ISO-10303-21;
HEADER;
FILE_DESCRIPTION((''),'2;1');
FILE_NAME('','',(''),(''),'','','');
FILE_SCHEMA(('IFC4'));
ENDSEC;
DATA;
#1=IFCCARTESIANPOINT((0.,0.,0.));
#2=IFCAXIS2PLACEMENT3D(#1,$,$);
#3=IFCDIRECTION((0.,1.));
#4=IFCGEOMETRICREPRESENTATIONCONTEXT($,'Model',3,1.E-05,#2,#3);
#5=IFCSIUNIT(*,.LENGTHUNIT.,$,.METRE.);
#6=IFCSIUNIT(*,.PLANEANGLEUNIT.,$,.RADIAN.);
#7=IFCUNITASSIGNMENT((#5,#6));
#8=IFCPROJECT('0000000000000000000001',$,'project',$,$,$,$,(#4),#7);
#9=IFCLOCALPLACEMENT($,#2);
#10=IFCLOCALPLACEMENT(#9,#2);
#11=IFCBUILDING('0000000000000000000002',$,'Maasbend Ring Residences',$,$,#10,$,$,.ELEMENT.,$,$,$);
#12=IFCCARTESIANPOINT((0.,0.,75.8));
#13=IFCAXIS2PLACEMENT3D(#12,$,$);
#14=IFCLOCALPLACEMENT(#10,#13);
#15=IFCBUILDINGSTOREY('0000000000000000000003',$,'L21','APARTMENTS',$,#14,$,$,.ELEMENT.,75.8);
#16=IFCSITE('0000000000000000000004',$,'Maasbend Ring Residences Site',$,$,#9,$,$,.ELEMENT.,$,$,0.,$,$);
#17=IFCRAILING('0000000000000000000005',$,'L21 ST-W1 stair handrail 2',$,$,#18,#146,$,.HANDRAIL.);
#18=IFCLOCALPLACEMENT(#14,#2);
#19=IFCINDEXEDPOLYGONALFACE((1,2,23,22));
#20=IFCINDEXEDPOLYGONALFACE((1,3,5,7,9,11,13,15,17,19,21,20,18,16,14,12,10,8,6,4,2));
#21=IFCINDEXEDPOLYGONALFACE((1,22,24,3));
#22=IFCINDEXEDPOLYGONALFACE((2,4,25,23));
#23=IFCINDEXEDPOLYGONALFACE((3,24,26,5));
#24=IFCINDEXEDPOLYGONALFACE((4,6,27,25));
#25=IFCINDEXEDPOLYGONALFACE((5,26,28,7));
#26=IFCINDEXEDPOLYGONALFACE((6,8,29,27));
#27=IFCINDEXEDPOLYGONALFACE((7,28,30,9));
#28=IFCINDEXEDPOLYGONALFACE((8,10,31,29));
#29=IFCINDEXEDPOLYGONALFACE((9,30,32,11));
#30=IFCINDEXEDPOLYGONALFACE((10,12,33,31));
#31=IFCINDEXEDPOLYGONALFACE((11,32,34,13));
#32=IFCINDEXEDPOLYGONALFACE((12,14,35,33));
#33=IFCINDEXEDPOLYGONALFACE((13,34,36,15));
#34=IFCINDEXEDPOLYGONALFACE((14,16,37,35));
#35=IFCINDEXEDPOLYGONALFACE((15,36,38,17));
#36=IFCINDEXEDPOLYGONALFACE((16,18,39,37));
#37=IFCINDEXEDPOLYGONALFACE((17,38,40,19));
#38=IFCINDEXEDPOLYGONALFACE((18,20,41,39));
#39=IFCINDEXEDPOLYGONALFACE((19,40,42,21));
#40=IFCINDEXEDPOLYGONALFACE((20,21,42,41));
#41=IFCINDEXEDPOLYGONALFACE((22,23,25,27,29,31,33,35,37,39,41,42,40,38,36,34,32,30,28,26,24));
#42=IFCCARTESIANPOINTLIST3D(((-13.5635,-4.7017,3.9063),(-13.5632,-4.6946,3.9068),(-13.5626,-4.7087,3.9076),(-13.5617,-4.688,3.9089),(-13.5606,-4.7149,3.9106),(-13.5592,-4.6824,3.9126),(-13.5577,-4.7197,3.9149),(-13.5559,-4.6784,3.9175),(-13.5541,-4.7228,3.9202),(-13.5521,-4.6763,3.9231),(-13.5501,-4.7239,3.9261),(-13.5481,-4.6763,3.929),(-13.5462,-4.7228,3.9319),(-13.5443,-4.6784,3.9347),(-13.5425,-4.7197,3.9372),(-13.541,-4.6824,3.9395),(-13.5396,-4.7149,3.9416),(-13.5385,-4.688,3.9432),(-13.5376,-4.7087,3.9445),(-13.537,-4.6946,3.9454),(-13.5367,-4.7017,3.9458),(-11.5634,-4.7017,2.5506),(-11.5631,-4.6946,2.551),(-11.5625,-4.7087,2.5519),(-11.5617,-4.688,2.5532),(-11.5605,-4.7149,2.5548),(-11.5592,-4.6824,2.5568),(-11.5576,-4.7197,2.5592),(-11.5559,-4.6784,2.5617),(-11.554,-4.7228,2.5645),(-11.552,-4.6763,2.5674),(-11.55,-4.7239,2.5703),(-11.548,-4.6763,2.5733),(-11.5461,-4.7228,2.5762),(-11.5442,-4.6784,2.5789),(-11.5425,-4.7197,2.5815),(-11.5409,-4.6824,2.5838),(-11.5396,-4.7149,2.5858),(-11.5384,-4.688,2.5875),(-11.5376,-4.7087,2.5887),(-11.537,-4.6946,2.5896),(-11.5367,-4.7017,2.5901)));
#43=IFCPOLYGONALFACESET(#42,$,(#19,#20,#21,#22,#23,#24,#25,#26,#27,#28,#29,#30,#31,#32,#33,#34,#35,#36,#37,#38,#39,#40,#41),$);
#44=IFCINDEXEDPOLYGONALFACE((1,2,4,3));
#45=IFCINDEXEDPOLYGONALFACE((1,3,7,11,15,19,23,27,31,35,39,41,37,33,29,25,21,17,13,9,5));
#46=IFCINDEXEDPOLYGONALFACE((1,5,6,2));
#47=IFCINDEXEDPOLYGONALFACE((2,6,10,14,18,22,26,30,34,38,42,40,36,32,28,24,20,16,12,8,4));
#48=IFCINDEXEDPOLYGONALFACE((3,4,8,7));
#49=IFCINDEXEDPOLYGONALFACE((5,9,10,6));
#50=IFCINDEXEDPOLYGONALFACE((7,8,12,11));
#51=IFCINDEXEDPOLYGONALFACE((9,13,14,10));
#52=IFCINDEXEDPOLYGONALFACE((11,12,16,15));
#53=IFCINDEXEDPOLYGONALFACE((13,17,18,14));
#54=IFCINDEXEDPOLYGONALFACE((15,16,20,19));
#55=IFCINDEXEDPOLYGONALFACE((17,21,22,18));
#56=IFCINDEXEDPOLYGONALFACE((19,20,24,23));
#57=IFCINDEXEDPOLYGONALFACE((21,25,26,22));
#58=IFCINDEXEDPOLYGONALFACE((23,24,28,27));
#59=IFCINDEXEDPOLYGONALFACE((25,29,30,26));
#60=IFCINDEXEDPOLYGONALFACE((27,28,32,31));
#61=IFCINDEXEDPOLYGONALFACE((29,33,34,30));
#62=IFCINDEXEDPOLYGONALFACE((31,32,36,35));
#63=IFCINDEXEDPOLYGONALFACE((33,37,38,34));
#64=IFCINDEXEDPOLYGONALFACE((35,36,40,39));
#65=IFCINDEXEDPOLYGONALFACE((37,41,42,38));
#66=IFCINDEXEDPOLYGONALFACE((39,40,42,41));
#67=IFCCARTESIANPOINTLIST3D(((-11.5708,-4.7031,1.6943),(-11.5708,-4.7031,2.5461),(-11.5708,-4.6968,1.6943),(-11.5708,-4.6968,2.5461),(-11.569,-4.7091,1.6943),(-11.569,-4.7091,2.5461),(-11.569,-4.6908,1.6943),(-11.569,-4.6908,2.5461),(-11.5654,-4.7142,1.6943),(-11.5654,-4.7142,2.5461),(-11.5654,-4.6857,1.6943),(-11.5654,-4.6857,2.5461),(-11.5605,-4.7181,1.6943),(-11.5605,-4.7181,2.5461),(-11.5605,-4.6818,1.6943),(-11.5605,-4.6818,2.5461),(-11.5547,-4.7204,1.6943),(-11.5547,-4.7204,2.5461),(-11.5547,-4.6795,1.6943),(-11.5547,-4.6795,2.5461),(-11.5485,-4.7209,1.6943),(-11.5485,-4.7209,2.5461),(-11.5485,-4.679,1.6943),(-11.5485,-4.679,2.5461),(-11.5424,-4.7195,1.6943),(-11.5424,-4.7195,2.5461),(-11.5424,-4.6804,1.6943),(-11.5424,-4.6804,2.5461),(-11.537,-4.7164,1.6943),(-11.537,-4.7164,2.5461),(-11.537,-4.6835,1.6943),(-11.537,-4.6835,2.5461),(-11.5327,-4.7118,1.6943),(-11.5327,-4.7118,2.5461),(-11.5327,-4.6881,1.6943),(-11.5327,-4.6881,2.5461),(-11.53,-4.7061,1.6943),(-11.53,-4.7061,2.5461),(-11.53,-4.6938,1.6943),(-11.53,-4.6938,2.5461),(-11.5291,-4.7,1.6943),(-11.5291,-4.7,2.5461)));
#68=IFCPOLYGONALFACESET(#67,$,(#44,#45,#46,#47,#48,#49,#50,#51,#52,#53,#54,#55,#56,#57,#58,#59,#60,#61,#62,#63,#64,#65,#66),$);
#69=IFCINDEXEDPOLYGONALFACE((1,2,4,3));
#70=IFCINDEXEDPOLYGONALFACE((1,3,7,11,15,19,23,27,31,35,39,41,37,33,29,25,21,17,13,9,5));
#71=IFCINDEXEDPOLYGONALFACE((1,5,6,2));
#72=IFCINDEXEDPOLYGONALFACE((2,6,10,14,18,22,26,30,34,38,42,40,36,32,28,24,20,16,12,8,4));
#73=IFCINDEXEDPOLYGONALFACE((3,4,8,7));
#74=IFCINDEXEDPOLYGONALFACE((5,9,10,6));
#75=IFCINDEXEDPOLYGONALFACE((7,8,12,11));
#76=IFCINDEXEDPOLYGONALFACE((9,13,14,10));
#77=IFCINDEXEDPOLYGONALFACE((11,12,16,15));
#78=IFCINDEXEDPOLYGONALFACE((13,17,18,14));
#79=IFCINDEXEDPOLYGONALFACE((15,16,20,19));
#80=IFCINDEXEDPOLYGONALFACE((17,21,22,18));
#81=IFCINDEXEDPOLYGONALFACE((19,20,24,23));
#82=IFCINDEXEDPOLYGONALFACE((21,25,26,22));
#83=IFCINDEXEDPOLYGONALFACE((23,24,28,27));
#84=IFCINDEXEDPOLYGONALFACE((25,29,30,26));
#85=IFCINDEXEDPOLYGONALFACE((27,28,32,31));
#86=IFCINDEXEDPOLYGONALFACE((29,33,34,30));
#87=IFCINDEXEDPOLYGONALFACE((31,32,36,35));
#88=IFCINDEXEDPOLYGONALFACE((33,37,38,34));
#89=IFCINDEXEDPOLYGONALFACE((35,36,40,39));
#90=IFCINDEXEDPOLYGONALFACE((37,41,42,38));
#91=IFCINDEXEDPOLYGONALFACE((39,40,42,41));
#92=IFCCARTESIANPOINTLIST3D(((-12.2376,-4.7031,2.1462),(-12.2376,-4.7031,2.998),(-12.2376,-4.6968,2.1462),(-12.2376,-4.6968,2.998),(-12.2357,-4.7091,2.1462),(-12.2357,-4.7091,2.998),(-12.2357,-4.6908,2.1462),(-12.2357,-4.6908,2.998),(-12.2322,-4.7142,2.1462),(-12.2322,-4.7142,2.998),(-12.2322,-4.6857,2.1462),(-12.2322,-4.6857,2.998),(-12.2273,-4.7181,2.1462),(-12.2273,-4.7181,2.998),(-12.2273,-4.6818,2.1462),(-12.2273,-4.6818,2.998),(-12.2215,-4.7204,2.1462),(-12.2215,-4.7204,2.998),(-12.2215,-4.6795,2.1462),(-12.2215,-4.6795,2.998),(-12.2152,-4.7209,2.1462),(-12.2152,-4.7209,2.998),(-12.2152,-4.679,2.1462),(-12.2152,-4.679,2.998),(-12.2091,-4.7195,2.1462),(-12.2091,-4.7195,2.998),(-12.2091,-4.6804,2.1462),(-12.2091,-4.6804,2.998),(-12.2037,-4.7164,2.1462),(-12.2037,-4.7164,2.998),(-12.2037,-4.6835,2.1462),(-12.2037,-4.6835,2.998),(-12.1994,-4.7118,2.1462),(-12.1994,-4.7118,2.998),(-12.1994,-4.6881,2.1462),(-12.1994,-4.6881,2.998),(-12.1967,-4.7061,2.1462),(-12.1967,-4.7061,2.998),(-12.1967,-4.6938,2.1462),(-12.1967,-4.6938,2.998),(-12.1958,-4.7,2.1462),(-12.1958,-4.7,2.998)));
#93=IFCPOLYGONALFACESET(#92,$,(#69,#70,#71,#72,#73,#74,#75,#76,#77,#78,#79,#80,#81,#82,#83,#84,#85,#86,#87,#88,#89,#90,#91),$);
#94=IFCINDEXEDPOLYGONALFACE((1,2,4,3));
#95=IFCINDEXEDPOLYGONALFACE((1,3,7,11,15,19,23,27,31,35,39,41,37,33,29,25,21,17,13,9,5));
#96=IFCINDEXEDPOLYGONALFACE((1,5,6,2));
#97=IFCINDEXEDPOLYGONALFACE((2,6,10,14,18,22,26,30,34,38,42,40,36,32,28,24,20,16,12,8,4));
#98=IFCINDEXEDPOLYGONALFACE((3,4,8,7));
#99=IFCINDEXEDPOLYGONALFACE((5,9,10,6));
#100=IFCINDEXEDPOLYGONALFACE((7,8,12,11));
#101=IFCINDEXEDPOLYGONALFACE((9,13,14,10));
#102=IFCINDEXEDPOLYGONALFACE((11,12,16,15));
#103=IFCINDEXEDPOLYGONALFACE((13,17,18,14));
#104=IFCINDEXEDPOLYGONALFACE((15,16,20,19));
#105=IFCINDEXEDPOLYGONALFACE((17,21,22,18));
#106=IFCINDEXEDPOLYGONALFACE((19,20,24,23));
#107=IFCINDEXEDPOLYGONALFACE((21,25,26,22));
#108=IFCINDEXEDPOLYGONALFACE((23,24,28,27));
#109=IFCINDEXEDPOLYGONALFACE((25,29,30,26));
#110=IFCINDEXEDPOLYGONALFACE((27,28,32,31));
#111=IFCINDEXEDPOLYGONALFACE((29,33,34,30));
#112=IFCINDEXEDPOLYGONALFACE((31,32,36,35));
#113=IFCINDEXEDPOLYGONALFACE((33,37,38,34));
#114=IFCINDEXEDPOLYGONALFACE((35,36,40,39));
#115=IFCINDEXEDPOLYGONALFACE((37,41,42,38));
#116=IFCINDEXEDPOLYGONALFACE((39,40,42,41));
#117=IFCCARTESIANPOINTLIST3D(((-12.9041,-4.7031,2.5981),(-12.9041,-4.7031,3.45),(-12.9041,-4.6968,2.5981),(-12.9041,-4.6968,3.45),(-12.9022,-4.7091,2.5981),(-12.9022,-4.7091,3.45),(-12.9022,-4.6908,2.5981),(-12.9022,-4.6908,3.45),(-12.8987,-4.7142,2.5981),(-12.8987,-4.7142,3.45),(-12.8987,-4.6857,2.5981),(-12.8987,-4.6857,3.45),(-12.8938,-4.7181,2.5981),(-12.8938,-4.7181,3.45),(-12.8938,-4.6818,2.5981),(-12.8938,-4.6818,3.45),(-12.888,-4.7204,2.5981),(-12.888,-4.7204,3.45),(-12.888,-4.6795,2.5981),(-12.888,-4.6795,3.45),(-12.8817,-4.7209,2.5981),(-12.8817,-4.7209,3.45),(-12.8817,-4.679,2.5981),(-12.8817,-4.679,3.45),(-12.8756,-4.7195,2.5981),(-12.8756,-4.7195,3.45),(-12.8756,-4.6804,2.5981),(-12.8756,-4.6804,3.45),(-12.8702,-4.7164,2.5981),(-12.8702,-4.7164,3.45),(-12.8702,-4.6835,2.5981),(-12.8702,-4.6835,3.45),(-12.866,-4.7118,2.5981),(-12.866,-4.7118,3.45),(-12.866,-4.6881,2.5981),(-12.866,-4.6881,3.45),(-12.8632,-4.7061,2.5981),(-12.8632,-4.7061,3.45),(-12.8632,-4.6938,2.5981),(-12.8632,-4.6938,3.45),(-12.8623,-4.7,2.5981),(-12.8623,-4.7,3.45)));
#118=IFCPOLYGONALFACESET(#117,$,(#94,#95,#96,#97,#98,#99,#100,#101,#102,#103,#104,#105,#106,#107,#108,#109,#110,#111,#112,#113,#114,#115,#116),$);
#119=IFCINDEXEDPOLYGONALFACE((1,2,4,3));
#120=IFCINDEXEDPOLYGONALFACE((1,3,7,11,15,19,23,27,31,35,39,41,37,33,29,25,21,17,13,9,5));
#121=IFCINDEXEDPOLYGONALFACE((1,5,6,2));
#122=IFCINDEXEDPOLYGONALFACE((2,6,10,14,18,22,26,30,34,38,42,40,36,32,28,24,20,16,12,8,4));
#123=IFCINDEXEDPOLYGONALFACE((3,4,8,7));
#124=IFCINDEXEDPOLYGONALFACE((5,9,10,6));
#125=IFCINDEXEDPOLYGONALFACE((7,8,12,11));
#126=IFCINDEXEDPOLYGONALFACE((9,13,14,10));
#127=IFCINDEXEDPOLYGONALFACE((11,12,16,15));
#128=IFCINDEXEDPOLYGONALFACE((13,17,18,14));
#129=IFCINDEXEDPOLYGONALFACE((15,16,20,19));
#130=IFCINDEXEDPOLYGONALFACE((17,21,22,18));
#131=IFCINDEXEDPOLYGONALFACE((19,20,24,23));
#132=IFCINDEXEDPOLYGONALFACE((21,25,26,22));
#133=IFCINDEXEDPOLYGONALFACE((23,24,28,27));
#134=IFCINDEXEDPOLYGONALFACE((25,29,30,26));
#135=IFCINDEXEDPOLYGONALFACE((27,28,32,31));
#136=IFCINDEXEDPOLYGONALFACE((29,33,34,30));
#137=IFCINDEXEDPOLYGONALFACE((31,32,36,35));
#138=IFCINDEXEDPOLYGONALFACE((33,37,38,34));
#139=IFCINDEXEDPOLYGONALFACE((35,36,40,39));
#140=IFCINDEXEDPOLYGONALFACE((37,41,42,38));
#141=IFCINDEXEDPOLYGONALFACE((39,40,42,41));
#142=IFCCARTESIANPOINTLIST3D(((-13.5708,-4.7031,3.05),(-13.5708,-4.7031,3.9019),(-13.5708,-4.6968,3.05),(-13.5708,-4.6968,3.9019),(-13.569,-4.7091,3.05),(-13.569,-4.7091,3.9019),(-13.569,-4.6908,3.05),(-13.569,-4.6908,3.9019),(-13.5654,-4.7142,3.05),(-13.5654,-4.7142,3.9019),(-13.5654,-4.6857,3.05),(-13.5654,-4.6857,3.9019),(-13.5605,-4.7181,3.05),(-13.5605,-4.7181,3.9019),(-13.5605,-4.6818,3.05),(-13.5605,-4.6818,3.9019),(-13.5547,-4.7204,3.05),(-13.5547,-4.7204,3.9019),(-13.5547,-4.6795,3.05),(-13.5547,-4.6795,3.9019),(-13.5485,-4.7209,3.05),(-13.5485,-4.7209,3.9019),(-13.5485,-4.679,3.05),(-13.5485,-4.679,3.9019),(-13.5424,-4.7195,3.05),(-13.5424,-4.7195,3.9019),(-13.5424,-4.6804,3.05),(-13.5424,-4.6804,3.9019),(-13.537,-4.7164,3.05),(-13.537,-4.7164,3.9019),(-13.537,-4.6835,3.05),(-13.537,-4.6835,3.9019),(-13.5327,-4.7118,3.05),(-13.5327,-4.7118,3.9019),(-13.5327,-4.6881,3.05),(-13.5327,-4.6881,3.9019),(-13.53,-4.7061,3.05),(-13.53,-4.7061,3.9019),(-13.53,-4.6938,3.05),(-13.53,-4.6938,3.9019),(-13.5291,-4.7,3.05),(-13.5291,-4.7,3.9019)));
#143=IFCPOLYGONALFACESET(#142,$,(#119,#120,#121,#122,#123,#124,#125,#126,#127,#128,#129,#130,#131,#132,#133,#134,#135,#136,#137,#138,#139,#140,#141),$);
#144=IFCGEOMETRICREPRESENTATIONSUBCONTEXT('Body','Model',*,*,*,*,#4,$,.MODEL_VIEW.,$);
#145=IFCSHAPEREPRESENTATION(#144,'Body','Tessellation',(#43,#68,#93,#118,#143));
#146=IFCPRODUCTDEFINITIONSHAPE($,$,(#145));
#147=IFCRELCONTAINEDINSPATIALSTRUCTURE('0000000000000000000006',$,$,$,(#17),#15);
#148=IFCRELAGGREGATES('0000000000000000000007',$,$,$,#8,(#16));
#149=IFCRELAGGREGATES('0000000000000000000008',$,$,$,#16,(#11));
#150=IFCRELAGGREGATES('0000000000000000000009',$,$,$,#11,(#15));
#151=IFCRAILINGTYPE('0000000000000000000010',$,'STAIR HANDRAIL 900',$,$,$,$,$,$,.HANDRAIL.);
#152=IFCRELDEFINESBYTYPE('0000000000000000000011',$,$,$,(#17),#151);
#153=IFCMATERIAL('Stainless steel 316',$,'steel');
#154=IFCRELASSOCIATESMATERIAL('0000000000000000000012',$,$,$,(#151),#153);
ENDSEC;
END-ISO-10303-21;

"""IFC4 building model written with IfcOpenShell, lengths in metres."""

from ifc_helpers import new_model, si_unit, direction, frame, origin, origin_2d, place, context, subcontext, project, spatial, circle, extrude, material, type_object, element, save


model = new_model("IFC4")

# Units and contexts
model_context = context("Model", 3, precision=1e-05, world=origin(), true_north=direction((0.0, 1.0)))
body_context = subcontext(model_context, "Body", "Model", "MODEL_VIEW")
ifc_project = project(units=[si_unit("LENGTHUNIT", "METRE"), si_unit("PLANEANGLEUNIT", "RADIAN")], contexts=[model_context])

# Site, building, storey
site_placement = place(None, origin())
site = spatial("IfcSite", under=ifc_project, at=site_placement, Name="Maasbend Ring Residences Site", CompositionType="ELEMENT", RefElevation=0.0)
building_placement = place(site_placement, origin())
building = spatial("IfcBuilding", under=site, at=building_placement, Name="Maasbend Ring Residences", CompositionType="ELEMENT")
storey_placement = place(building_placement, frame((0.0, 0.0, 75.8)))
storey = spatial("IfcBuildingStorey", under=building, at=storey_placement, Name="L21", Description="APARTMENTS", CompositionType="ELEMENT", Elevation=75.8)

# Railing
ifc_material_1 = material(Name="Stainless steel 316", Category="steel")
railing_type_1 = type_object("IfcRailingType", Name="STAIR HANDRAIL 900", PredefinedType="HANDRAIL", material=ifc_material_1)
railing_1_placement = place(storey_placement, frame((-11.55, -4.7, 1.6943)))
element("IfcRailing", 1, at=railing_1_placement, inside=storey, type_object=railing_type_1, Name="L21 ST-W1 stair handrail 2", PredefinedType="HANDRAIL", context=body_context, shape_type="SweptSolid", body=[
    extrude(circle(Radius=0.0239, at=origin_2d()), frame((0.0, 0.0, 0.876), z_axis=(-0.827751, 0.0, 0.561096), x_axis=(0.0, -1.0, 0.0)), (0.0, 0.0, 1.0), 2.4163),
    extrude(circle(Radius=0.021, at=origin_2d()), origin(), (0.0, 0.0, 1.0), 0.8518),
    extrude(circle(Radius=0.021, at=origin_2d()), frame((-0.6667, 0.0, 0.4519)), (0.0, 0.0, 1.0), 0.8518),
    extrude(circle(Radius=0.021, at=origin_2d()), frame((-1.3333, 0.0, 0.9038)), (0.0, 0.0, 1.0), 0.8518),
    extrude(circle(Radius=0.021, at=origin_2d()), frame((-2.0, 0.0, 1.3557)), (0.0, 0.0, 1.0), 0.8518),
])

save(model, "model.ifc")
